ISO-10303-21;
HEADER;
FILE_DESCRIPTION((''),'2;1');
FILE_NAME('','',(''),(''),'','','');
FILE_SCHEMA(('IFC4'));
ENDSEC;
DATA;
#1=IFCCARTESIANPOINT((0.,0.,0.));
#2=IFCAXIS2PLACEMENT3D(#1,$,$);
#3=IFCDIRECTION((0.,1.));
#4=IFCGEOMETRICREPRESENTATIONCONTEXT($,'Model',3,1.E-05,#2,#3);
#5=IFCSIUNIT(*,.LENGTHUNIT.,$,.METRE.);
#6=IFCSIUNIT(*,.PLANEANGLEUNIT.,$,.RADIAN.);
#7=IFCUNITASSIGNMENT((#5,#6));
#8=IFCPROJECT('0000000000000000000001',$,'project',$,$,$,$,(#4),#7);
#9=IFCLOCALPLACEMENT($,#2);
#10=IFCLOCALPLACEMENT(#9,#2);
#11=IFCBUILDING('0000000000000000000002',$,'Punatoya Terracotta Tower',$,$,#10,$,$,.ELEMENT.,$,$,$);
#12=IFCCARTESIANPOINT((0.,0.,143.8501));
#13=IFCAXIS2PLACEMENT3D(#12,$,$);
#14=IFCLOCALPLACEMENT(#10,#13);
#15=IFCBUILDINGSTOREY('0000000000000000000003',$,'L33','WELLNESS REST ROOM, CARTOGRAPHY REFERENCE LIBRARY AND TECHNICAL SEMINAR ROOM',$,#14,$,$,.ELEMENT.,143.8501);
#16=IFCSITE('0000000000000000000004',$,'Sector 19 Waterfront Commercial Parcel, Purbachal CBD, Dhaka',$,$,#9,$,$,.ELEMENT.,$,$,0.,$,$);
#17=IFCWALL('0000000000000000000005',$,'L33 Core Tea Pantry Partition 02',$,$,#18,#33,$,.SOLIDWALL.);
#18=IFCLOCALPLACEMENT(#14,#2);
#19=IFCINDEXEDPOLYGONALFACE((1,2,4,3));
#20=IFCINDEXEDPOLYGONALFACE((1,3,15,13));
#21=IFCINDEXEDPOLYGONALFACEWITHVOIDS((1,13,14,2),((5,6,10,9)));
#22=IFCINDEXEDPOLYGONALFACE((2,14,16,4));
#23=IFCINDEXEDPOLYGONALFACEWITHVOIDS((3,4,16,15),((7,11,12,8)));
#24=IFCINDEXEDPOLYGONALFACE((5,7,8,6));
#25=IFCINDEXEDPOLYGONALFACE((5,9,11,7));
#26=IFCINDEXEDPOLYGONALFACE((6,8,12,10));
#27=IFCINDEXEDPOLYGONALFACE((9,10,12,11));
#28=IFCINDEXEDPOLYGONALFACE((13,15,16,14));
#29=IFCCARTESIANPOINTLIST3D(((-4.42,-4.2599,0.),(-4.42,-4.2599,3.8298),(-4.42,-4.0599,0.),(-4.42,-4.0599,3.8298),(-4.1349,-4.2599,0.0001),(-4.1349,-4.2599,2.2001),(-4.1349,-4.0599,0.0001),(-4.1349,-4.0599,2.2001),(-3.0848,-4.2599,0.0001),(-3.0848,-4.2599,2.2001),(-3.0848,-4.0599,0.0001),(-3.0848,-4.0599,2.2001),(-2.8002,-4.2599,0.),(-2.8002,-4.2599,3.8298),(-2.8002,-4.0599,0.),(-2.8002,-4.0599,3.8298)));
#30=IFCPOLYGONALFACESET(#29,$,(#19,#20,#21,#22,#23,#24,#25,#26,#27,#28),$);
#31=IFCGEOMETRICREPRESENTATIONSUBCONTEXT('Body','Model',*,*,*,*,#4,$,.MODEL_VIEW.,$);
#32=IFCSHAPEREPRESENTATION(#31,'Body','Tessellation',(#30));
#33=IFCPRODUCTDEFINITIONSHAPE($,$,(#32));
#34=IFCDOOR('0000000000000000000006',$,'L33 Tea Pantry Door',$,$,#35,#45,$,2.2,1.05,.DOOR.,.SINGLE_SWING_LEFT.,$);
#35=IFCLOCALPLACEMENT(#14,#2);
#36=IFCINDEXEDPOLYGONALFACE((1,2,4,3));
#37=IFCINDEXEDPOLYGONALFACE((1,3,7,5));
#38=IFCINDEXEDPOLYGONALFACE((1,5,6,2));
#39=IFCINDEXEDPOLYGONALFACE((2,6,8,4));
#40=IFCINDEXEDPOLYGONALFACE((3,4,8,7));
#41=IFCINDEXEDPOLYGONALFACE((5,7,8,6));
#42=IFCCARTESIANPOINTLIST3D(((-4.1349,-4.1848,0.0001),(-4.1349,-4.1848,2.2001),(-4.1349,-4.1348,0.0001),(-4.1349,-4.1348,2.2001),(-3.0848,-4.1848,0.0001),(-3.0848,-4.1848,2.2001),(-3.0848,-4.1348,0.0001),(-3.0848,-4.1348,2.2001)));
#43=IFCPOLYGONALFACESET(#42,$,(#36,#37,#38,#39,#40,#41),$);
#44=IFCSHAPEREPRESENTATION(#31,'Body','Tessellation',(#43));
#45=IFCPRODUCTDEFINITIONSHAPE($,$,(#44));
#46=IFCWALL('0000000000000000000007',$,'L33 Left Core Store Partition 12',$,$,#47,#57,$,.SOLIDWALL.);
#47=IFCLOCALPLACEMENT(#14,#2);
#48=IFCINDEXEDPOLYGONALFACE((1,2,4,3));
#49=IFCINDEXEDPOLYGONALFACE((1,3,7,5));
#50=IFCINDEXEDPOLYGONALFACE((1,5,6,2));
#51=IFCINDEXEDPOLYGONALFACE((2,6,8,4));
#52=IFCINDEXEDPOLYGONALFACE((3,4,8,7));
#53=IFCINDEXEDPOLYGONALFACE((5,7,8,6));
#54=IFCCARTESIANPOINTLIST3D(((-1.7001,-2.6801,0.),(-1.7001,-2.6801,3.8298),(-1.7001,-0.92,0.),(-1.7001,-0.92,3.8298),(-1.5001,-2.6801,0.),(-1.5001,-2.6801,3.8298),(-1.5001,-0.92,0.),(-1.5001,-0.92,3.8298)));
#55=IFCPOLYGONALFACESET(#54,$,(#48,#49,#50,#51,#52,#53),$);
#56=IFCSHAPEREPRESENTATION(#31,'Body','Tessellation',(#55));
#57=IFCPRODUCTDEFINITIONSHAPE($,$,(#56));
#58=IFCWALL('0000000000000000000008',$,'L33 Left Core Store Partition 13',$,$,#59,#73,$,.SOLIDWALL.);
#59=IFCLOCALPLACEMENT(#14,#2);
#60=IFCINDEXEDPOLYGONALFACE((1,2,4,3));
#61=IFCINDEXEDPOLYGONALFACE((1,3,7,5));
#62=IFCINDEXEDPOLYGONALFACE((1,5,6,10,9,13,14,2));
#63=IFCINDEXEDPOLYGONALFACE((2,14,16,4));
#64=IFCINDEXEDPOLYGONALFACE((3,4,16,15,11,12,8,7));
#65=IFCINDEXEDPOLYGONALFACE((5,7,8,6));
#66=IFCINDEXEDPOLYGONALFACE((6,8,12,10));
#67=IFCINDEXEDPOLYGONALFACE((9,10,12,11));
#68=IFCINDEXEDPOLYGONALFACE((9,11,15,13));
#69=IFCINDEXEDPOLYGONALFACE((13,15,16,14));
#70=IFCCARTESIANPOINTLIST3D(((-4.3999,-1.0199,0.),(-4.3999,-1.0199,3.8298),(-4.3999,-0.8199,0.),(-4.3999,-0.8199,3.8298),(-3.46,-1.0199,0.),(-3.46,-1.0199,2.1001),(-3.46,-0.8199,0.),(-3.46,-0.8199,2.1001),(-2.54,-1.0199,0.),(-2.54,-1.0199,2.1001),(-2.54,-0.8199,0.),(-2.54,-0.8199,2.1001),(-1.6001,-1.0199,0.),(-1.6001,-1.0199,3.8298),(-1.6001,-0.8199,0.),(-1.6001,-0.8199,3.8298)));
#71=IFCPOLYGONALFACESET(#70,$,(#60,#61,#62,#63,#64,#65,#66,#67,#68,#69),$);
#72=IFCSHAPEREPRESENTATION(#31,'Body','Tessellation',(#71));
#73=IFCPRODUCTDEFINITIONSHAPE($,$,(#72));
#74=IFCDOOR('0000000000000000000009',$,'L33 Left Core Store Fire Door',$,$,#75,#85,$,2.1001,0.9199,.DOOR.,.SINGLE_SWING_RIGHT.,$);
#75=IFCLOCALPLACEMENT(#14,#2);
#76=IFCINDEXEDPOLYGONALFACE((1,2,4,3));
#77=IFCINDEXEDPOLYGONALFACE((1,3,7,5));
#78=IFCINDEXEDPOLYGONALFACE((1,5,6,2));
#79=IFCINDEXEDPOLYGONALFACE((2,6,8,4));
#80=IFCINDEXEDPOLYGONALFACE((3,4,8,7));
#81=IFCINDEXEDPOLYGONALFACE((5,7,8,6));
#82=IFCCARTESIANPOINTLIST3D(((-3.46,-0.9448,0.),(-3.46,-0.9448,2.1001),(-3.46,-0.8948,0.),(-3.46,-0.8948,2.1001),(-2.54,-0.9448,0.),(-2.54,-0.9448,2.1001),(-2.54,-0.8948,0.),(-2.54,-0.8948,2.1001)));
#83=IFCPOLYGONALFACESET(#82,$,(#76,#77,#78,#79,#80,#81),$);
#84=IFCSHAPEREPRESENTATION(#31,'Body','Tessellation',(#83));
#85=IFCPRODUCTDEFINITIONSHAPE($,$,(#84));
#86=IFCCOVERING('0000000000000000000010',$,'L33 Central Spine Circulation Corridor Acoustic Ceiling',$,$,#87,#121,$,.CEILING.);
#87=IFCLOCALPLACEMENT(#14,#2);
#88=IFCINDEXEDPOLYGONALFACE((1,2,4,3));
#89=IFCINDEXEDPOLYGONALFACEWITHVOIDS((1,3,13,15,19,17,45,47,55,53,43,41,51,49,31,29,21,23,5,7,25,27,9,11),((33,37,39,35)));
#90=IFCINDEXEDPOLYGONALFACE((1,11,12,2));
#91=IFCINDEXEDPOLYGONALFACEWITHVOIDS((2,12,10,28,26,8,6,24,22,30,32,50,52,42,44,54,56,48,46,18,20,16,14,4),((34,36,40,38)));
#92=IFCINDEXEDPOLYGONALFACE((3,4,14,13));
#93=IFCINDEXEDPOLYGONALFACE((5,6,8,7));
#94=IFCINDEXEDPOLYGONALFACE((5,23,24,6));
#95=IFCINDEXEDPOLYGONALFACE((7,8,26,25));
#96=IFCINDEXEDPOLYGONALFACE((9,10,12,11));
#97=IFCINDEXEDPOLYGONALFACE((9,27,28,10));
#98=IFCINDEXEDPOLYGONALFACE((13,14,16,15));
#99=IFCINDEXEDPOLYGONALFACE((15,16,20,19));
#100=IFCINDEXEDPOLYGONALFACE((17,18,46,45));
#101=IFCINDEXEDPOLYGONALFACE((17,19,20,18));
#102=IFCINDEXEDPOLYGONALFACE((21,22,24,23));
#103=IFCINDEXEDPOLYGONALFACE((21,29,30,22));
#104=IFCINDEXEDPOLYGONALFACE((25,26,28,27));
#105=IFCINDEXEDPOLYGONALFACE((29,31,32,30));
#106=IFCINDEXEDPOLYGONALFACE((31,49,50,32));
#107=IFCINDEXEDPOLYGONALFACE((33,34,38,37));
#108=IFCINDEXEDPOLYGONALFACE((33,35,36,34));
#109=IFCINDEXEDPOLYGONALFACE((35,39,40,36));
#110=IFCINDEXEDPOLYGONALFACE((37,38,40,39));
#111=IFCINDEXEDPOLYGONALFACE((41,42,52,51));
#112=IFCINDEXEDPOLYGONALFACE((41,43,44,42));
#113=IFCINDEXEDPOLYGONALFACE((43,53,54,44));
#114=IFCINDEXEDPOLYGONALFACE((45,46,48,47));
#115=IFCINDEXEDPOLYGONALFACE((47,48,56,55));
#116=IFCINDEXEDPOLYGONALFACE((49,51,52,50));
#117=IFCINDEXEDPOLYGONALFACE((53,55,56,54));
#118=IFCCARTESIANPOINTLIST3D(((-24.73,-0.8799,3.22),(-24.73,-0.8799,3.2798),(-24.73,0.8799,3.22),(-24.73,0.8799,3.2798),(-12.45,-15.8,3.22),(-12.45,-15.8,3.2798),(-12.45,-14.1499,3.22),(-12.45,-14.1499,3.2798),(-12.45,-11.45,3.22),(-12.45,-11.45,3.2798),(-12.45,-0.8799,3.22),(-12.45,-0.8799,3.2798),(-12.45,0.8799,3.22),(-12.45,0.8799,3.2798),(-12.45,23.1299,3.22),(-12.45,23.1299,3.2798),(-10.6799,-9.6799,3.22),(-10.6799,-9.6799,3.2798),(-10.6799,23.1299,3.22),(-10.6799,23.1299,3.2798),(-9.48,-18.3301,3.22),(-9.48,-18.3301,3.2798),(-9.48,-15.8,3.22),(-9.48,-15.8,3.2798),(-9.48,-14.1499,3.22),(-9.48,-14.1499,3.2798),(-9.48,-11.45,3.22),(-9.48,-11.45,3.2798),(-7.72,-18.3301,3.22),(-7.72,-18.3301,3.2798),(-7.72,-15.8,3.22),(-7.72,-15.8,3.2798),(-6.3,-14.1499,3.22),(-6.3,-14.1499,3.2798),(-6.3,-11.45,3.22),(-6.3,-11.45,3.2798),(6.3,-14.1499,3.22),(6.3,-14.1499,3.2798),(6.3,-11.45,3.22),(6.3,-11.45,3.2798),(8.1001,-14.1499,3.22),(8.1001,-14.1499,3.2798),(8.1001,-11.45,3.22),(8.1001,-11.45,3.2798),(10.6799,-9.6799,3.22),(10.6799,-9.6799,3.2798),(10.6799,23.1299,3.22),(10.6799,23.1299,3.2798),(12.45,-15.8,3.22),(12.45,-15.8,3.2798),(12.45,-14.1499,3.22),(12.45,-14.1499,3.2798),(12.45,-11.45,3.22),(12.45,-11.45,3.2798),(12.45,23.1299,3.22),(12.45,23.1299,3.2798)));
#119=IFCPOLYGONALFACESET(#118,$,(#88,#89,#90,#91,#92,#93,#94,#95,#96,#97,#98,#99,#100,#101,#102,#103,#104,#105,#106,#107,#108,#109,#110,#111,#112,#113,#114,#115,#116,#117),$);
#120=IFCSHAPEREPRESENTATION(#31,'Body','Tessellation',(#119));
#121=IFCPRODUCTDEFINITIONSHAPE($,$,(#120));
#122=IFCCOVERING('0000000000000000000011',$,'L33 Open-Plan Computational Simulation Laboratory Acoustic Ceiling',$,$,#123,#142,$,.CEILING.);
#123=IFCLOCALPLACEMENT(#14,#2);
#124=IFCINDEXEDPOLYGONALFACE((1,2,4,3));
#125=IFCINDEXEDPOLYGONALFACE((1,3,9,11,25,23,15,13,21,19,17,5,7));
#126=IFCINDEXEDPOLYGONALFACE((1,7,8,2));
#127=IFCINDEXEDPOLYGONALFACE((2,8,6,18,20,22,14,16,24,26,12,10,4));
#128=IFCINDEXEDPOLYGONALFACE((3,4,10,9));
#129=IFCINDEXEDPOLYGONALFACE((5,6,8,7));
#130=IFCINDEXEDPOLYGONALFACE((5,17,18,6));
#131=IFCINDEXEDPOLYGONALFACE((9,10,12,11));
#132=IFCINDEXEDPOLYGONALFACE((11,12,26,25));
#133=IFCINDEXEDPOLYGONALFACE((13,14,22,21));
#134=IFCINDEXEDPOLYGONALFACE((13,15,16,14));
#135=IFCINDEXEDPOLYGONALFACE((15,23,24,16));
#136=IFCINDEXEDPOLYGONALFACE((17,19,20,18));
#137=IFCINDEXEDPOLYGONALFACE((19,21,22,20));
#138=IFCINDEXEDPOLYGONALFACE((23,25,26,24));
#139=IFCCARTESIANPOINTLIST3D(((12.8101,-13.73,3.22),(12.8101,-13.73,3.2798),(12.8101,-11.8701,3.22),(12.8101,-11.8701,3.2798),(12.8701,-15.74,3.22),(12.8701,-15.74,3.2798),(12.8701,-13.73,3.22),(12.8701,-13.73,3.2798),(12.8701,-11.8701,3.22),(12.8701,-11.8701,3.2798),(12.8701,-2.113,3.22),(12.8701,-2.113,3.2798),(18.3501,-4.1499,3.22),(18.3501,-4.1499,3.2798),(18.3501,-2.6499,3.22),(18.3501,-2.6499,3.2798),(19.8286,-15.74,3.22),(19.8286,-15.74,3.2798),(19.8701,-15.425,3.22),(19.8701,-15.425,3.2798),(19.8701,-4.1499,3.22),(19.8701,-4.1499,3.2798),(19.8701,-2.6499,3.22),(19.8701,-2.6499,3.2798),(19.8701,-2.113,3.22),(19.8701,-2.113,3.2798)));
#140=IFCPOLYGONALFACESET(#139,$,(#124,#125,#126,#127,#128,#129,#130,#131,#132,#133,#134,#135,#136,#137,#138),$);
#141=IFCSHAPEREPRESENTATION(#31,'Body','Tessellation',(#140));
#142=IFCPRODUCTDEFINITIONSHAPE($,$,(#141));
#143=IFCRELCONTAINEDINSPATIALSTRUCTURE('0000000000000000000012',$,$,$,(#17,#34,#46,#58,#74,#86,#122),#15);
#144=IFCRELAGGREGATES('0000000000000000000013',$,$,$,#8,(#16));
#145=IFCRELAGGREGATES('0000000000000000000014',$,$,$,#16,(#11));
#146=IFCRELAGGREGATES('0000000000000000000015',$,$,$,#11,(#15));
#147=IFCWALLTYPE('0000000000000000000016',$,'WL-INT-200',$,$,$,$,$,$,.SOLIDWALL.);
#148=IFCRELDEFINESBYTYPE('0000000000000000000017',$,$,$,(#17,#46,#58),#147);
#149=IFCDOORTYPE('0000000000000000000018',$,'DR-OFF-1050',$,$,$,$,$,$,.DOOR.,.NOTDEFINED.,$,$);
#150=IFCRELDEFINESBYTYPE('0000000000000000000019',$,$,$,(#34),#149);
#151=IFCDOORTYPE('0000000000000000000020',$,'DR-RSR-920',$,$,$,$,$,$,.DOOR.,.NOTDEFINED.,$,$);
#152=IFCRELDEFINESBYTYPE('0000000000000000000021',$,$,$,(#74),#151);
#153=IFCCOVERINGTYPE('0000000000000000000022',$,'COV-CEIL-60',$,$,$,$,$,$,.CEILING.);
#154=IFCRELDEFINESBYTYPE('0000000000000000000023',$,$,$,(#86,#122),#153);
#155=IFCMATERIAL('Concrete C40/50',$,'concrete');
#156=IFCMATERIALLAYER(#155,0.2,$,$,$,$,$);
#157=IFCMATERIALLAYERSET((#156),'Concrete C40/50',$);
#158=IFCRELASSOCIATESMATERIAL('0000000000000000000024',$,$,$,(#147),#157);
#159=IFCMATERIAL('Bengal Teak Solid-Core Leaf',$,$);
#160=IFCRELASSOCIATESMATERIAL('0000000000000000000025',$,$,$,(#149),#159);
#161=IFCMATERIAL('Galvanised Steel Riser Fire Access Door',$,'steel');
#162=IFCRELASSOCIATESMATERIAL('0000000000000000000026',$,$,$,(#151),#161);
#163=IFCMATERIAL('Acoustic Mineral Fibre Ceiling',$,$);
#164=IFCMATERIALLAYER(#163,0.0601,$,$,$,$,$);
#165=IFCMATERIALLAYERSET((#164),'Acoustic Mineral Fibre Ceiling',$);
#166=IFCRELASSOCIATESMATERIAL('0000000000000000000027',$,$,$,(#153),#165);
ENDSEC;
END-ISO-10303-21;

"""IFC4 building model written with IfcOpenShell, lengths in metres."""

from ifc_helpers import new_model, si_unit, direction, frame, frame_2d, origin, place, context, subcontext, project, spatial, polyline, rectangle, outline, extrude, material, layer, layer_set, type_object, element, fill, save


model = new_model("IFC4")

# Units and contexts
model_context = context("Model", 3, precision=1e-05, world=origin(), true_north=direction((0.0, 1.0)))
body_context = subcontext(model_context, "Body", "Model", "MODEL_VIEW")
ifc_project = project(units=[si_unit("LENGTHUNIT", "METRE"), si_unit("PLANEANGLEUNIT", "RADIAN")], contexts=[model_context])

# Site, building, storey
site_placement = place(None, origin())
site = spatial("IfcSite", under=ifc_project, at=site_placement, Name="Sector 19 Waterfront Commercial Parcel, Purbachal CBD, Dhaka", CompositionType="ELEMENT", RefElevation=0.0)
building_placement = place(site_placement, origin())
building = spatial("IfcBuilding", under=site, at=building_placement, Name="Punatoya Terracotta Tower", CompositionType="ELEMENT")
storey_placement = place(building_placement, frame((0.0, 0.0, 143.8501)))
storey = spatial("IfcBuildingStorey", under=building, at=storey_placement, Name="L33", Description="WELLNESS REST ROOM, CARTOGRAPHY REFERENCE LIBRARY AND TECHNICAL SEMINAR ROOM", CompositionType="ELEMENT", Elevation=143.8501)

# Shared definitions
ifc_material_1 = material(Name="Concrete C40/50", Category="concrete")

# Wall, opening, door
ifc_layer_1 = layer(ifc_material_1, 0.2)
ifc_layer_set_1 = layer_set([ifc_layer_1], Name="Concrete C40/50")
wall_type_1 = type_object("IfcWallType", Name="WL-INT-200", PredefinedType="SOLIDWALL", material=ifc_layer_set_1)
wall_1_placement = place(storey_placement, frame((-2.8, -4.1599, 0.0), z_axis=(0.0, 0.0, 1.0), x_axis=(-1.0, 0.0, 0.0)))
wall_1 = element("IfcWall", 1, at=wall_1_placement, inside=storey, type_object=wall_type_1, Name="L33 Core Tea Pantry Partition 02", PredefinedType="SOLIDWALL", context=body_context, shape_type="SweptSolid", body=[
    extrude(rectangle(XDim=1.6199, YDim=0.2, at=frame_2d((0.8101, 0.0))), origin(), (0.0, 0.0, 1.0), 3.8298),
])
opening_1_placement = place(wall_1_placement, frame((0.2849, 0.0, 0.0)))
opening_1 = element("IfcOpeningElement", 2, at=opening_1_placement, cuts=wall_1, PredefinedType="OPENING", context=body_context, shape_type="SweptSolid", body=[
    extrude(rectangle(XDim=1.05, YDim=2.2, at=frame_2d((0.5249, 1.1001))), frame((0.0, 0.1099, 0.0), z_axis=(0.0, -1.0, 0.0), x_axis=(1.0, 0.0, 0.0)), (0.0, 0.0, 1.0), 0.22),
])
ifc_material_2 = material(Name="Bengal Teak Solid-Core Leaf")
door_type_1 = type_object("IfcDoorType", Name="DR-OFF-1050", OperationType="NOTDEFINED", PredefinedType="DOOR", material=ifc_material_2)
door_1_placement = place(opening_1_placement, origin())
door_1 = element("IfcDoor", 3, at=door_1_placement, inside=storey, type_object=door_type_1, Name="L33 Tea Pantry Door", OperationType="SINGLE_SWING_LEFT", OverallHeight=2.2, OverallWidth=1.05, PredefinedType="DOOR", context=body_context, shape_type="SweptSolid", body=[
    extrude(rectangle(XDim=1.05, YDim=2.2, at=frame_2d((0.5249, 1.1001))), frame((0.0, 0.0249, 0.0), z_axis=(0.0, -1.0, 0.0), x_axis=(1.0, 0.0, 0.0)), (0.0, 0.0, 1.0), 0.05),
])
fill(opening_1, door_1)

# Wall
wall_2_placement = place(storey_placement, frame((-1.6001, -2.6799, 0.0), z_axis=(0.0, 0.0, 1.0), x_axis=(0.0, 1.0, 0.0)))
element("IfcWall", 4, at=wall_2_placement, inside=storey, type_object=wall_type_1, Name="L33 Left Core Store Partition 12", PredefinedType="SOLIDWALL", context=body_context, shape_type="SweptSolid", body=[
    extrude(rectangle(XDim=1.76, YDim=0.2, at=frame_2d((0.8799, 0.0))), origin(), (0.0, 0.0, 1.0), 3.8298),
])

# Wall, opening, door
wall_3_placement = place(storey_placement, frame((-1.6001, -0.9199, 0.0), z_axis=(0.0, 0.0, 1.0), x_axis=(-1.0, 0.0, 0.0)))
wall_3 = element("IfcWall", 5, at=wall_3_placement, inside=storey, type_object=wall_type_1, Name="L33 Left Core Store Partition 13", PredefinedType="SOLIDWALL", context=body_context, shape_type="SweptSolid", body=[
    extrude(rectangle(XDim=2.7998, YDim=0.2, at=frame_2d((1.3999, 0.0))), origin(), (0.0, 0.0, 1.0), 3.8298),
])
opening_2_placement = place(wall_3_placement, frame((0.9399, 0.0, 0.0)))
opening_2 = element("IfcOpeningElement", 6, at=opening_2_placement, cuts=wall_3, PredefinedType="OPENING", context=body_context, shape_type="SweptSolid", body=[
    extrude(rectangle(XDim=0.9199, YDim=2.1001, at=frame_2d((0.46, 1.05))), frame((0.0, 0.1099, 0.0), z_axis=(0.0, -1.0, 0.0), x_axis=(1.0, 0.0, 0.0)), (0.0, 0.0, 1.0), 0.22),
])
ifc_material_3 = material(Name="Galvanised Steel Riser Fire Access Door", Category="steel")
door_type_2 = type_object("IfcDoorType", Name="DR-RSR-920", OperationType="NOTDEFINED", PredefinedType="DOOR", material=ifc_material_3)
door_2_placement = place(opening_2_placement, origin())
door_2 = element("IfcDoor", 7, at=door_2_placement, inside=storey, type_object=door_type_2, Name="L33 Left Core Store Fire Door", OperationType="SINGLE_SWING_RIGHT", OverallHeight=2.1001, OverallWidth=0.9199, PredefinedType="DOOR", context=body_context, shape_type="SweptSolid", body=[
    extrude(rectangle(XDim=0.9199, YDim=2.1001, at=frame_2d((0.46, 1.05))), frame((0.0, 0.0249, 0.0), z_axis=(0.0, -1.0, 0.0), x_axis=(1.0, 0.0, 0.0)), (0.0, 0.0, 1.0), 0.05),
])
fill(opening_2, door_2)

# Coverings
ifc_material_4 = material(Name="Acoustic Mineral Fibre Ceiling")
ifc_layer_2 = layer(ifc_material_4, 0.0601)
ifc_layer_set_2 = layer_set([ifc_layer_2], Name="Acoustic Mineral Fibre Ceiling")
covering_type = type_object("IfcCoveringType", Name="COV-CEIL-60", PredefinedType="CEILING", material=ifc_layer_set_2)
covering_1_placement = place(storey_placement, frame((0.0, 0.0, 3.22)))
element("IfcCovering", 8, at=covering_1_placement, inside=storey, type_object=covering_type, Name="L33 Central Spine Circulation Corridor Acoustic Ceiling", PredefinedType="CEILING", context=body_context, shape_type="SweptSolid", body=[
    extrude(outline(polyline([(-7.72, -15.8), (12.45, -15.8), (12.45, -14.1499), (8.1001, -14.1499), (8.1001, -11.45), (12.45, -11.45), (12.45, 23.1299), (10.6799, 23.1299), (10.6799, -9.6799), (-10.6799, -9.6799), (-10.6799, 23.1299), (-12.45, 23.1299), (-12.45, 0.8799), (-24.73, 0.8799), (-24.73, -0.8799), (-12.45, -0.8799), (-12.45, -11.45), (-9.48, -11.45), (-9.48, -14.1499), (-12.45, -14.1499), (-12.45, -15.8), (-9.48, -15.8), (-9.48, -18.3301), (-7.72, -18.3301), (-7.72, -15.8)]), holes=[polyline([(6.3, -14.1499), (-6.3, -14.1499), (-6.3, -11.45), (6.3, -11.45), (6.3, -14.1499)])]), origin(), (0.0, 0.0, 1.0), 0.0598),
])
covering_2_placement = place(storey_placement, frame((0.0, 0.0, 3.22)))
element("IfcCovering", 9, at=covering_2_placement, inside=storey, type_object=covering_type, Name="L33 Open-Plan Computational Simulation Laboratory Acoustic Ceiling", PredefinedType="CEILING", context=body_context, shape_type="SweptSolid", body=[
    extrude(outline(polyline([(12.8101, -13.73), (12.8701, -13.73), (12.8701, -15.74), (19.8286, -15.74), (19.8701, -15.425), (19.8701, -4.1499), (18.3501, -4.1499), (18.3501, -2.6499), (19.8701, -2.6499), (19.8701, -2.113), (12.8701, -2.113), (12.8701, -11.8701), (12.8101, -11.8701), (12.8101, -13.73)])), origin(), (0.0, 0.0, 1.0), 0.0598),
])

save(model, "model.ifc")
